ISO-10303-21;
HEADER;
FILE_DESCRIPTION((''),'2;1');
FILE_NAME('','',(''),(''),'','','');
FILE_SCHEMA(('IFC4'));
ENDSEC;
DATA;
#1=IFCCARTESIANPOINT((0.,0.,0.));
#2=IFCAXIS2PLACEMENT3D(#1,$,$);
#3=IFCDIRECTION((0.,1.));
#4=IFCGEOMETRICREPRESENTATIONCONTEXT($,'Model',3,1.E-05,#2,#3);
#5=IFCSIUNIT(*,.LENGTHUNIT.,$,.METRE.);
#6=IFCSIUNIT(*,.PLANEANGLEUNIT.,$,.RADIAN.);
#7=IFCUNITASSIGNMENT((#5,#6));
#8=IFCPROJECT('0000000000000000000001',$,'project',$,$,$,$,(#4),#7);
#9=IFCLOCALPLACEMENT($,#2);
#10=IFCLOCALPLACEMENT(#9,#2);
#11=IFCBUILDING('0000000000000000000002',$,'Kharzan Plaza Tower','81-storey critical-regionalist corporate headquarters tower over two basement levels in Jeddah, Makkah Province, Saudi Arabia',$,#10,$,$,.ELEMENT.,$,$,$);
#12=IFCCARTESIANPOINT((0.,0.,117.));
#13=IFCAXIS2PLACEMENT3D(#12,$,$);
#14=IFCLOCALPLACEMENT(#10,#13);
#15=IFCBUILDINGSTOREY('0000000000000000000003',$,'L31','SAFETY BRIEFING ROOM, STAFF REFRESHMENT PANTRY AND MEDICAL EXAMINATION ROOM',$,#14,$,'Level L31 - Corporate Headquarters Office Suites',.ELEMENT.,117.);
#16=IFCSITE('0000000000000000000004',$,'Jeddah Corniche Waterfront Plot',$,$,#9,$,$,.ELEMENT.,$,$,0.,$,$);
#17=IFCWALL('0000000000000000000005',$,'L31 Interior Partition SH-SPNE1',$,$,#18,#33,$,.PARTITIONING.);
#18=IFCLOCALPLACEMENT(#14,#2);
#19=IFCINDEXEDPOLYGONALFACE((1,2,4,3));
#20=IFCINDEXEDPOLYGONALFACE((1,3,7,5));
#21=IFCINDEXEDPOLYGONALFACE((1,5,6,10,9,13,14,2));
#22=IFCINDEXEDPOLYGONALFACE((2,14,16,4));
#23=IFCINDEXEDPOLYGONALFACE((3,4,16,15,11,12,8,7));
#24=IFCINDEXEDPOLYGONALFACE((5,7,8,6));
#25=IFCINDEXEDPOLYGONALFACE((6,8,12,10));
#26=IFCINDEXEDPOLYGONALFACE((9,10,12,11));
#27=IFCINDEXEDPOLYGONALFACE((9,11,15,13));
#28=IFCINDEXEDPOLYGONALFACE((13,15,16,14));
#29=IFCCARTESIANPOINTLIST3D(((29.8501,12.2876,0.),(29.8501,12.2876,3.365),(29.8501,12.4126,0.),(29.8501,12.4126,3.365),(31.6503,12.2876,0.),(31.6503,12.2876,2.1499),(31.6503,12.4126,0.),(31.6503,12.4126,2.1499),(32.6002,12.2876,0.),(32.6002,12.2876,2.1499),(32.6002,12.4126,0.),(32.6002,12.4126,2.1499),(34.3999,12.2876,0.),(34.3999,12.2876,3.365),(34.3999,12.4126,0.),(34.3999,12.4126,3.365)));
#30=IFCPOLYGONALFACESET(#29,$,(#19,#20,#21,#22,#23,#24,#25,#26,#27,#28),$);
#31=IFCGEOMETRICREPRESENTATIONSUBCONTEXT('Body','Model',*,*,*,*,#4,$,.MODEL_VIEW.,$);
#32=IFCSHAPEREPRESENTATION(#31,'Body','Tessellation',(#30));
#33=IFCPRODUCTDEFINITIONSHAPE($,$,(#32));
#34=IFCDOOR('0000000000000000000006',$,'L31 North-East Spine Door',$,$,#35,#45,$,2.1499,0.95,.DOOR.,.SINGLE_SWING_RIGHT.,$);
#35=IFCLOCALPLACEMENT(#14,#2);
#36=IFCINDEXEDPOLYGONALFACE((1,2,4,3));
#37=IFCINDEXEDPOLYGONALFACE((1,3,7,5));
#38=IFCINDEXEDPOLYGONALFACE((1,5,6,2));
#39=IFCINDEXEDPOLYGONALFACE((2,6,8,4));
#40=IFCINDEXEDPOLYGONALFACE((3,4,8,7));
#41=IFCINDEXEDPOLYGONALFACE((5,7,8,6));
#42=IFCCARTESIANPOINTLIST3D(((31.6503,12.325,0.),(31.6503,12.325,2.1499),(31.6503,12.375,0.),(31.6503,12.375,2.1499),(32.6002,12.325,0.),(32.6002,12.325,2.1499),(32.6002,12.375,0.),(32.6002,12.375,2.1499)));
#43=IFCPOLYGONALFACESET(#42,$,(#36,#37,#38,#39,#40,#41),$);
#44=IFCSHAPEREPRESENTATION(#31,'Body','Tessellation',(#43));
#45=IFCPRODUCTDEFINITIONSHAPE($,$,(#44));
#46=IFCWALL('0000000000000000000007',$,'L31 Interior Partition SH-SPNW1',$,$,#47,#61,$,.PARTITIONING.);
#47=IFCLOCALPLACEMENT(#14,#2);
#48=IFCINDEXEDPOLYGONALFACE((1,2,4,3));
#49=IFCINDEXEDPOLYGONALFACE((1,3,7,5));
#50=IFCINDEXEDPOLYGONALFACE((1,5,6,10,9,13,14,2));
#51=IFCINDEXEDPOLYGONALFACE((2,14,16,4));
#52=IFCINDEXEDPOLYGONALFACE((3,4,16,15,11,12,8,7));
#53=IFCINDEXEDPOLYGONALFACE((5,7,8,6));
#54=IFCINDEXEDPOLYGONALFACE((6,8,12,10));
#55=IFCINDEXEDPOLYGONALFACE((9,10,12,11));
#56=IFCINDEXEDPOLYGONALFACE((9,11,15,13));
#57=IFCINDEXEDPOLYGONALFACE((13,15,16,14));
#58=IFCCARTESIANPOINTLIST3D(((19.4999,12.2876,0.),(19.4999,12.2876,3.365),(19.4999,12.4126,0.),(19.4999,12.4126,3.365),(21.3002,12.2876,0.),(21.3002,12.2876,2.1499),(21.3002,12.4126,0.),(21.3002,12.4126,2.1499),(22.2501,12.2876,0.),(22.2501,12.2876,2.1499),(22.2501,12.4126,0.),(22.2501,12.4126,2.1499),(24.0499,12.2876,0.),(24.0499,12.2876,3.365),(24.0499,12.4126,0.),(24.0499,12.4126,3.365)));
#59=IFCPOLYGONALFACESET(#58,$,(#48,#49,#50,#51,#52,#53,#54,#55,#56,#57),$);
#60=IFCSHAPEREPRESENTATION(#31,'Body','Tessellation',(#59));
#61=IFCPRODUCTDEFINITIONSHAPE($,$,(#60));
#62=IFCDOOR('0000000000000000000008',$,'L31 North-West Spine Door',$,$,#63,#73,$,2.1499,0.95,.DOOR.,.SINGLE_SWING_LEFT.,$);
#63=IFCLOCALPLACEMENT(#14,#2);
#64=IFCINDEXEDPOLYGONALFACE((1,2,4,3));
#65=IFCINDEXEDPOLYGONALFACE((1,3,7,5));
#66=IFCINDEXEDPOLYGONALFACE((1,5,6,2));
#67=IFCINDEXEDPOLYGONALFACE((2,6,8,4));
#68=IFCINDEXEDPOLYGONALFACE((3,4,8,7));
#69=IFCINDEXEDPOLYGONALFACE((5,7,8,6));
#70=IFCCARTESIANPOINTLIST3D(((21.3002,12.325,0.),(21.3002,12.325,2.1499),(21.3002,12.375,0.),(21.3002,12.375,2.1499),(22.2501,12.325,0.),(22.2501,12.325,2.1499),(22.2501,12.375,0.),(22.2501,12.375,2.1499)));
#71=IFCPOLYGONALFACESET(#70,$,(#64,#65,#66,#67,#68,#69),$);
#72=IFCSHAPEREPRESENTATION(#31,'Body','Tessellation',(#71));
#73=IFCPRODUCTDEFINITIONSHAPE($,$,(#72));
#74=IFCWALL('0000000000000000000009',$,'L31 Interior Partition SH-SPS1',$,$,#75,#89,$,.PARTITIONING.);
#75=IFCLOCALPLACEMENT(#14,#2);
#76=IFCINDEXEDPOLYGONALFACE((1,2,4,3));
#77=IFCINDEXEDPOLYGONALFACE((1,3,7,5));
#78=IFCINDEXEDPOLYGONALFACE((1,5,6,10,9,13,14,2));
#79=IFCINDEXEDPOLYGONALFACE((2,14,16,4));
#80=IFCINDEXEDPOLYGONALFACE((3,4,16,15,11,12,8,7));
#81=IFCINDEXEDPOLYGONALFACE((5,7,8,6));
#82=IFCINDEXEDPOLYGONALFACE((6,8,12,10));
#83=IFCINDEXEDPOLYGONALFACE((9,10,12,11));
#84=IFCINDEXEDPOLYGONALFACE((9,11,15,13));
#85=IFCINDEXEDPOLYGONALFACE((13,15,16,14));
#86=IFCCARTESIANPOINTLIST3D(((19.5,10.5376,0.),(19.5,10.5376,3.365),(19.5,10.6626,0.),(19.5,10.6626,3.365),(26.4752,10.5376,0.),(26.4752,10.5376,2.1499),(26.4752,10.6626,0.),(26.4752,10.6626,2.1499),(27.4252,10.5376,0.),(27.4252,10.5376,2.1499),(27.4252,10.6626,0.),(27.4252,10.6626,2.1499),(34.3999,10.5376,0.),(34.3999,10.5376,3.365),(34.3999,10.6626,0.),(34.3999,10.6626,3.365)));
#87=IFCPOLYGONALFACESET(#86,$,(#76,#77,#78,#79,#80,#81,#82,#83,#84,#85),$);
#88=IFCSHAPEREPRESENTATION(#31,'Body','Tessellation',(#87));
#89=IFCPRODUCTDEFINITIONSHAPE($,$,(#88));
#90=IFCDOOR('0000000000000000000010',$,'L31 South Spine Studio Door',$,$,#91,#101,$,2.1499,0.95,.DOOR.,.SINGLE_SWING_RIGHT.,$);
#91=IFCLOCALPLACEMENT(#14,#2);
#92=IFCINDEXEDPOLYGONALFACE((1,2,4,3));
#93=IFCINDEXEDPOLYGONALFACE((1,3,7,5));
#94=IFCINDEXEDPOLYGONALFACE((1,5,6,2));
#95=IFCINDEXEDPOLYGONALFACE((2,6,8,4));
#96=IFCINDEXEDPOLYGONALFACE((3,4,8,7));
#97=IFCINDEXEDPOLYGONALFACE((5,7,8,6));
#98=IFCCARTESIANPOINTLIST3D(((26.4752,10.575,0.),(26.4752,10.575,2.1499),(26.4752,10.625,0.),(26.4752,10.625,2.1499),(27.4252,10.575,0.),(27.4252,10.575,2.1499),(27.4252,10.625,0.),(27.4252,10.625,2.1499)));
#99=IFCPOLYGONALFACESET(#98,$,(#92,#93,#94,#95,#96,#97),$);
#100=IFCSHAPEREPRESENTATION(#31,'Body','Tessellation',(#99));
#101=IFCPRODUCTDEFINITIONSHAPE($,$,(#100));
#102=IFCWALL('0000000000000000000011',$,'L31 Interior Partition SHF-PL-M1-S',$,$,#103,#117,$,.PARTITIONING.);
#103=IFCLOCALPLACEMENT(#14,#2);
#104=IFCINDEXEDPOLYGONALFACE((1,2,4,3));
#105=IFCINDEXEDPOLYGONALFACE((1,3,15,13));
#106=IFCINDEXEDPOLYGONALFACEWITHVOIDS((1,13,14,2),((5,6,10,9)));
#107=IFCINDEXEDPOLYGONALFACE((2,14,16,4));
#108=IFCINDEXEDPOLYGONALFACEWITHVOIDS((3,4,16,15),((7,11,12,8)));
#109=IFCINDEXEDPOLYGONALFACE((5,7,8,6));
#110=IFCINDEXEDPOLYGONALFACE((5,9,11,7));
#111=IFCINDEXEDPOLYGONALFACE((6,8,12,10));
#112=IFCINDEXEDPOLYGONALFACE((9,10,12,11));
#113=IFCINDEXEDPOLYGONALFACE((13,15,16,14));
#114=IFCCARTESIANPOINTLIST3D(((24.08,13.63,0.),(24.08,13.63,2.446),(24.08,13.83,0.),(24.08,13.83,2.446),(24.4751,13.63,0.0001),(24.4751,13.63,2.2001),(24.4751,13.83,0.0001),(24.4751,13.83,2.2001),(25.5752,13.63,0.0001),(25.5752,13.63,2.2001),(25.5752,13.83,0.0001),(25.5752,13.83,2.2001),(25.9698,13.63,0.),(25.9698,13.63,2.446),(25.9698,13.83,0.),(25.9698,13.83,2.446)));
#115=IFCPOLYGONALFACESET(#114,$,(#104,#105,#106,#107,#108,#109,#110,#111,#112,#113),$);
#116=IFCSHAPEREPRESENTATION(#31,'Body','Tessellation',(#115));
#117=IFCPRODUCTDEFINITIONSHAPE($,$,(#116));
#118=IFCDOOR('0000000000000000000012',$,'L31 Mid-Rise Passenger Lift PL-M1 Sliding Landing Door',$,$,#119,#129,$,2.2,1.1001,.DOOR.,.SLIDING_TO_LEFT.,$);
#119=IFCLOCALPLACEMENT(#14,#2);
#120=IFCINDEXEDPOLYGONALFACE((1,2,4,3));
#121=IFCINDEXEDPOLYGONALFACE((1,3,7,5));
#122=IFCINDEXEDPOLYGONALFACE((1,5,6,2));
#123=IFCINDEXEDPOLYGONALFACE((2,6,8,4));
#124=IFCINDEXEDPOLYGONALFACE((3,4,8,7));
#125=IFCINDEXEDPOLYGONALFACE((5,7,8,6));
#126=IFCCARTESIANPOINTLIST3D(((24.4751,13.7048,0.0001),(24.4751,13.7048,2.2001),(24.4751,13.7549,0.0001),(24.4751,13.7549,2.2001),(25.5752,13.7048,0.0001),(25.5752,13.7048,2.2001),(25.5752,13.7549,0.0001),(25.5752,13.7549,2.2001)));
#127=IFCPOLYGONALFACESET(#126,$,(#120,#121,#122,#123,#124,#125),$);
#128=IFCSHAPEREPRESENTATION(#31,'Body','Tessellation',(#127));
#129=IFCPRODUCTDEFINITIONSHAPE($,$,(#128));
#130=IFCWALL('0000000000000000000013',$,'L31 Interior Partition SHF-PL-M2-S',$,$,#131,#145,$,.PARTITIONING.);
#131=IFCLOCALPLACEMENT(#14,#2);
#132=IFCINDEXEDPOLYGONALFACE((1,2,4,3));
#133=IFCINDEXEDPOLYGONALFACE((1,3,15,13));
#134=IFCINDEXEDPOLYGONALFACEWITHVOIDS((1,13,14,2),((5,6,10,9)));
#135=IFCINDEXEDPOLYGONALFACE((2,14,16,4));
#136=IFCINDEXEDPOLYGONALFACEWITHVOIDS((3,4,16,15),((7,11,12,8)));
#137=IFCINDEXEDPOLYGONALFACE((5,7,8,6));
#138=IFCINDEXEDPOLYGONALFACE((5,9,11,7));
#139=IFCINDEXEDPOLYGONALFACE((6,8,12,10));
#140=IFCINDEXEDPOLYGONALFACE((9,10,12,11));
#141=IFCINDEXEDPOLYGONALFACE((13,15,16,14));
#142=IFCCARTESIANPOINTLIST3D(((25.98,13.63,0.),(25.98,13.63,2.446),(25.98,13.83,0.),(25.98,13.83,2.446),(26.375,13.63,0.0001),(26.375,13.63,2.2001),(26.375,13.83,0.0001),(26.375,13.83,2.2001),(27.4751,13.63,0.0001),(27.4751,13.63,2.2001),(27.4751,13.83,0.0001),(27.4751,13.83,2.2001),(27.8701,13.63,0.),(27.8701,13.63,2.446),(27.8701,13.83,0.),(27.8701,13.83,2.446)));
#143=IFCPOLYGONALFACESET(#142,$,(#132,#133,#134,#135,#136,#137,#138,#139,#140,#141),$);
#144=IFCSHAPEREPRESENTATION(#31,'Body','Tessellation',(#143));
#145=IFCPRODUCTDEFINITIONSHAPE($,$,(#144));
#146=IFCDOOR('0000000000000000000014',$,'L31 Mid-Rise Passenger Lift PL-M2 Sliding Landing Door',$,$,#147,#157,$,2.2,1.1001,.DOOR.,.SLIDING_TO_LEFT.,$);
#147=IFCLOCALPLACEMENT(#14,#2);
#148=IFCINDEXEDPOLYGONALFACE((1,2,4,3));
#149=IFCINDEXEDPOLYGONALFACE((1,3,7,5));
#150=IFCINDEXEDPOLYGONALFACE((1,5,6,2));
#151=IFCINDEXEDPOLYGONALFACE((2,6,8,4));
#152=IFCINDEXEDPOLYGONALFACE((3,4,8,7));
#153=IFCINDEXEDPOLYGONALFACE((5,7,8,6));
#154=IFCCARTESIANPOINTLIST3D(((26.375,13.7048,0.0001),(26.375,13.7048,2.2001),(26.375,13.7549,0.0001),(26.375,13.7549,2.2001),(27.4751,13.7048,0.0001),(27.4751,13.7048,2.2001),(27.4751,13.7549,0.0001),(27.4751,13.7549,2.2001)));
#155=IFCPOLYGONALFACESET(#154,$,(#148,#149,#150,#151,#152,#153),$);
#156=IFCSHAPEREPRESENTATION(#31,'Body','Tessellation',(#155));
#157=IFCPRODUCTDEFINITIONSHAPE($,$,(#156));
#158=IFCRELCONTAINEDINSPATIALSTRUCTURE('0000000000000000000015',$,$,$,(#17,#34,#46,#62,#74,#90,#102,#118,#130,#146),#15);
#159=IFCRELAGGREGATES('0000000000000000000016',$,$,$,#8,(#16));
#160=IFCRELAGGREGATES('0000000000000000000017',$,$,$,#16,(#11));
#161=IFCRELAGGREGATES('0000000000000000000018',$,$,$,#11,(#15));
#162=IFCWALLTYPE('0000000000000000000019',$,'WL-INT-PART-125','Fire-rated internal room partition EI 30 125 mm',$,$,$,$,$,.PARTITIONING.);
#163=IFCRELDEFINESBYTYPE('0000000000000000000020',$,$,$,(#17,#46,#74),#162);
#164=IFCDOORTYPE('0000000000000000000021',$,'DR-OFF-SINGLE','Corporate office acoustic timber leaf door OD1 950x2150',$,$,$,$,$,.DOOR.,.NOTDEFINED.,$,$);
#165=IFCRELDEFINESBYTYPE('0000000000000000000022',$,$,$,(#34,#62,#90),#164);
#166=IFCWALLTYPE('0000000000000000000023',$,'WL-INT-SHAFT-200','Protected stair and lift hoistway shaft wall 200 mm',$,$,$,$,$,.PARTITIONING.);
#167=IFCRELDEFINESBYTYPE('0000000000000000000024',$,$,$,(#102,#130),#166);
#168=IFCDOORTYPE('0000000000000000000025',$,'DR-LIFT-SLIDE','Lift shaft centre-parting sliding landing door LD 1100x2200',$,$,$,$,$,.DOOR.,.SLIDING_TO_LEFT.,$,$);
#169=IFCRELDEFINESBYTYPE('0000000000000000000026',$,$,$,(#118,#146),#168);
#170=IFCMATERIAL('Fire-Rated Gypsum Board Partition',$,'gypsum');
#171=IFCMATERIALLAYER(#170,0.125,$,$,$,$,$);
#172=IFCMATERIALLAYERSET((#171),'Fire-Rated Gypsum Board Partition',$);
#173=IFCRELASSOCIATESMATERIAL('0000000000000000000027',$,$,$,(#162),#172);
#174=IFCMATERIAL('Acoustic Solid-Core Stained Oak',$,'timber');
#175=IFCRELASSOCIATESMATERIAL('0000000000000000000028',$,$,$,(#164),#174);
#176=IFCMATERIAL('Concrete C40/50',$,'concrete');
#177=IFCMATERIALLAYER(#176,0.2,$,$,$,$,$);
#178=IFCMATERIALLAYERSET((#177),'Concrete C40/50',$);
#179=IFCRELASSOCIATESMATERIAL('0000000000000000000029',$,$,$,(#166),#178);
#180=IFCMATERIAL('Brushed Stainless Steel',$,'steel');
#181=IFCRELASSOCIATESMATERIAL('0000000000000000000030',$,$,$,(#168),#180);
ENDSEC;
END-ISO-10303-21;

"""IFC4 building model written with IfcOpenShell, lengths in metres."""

from ifc_helpers import new_model, si_unit, direction, frame, frame_2d, origin, place, context, subcontext, project, spatial, rectangle, extrude, source, transform, mapped, material, layer, layer_set, type_object, element, fill, save


model = new_model("IFC4")

# Units and contexts
model_context = context("Model", 3, precision=1e-05, world=origin(), true_north=direction((0.0, 1.0)))
body_context = subcontext(model_context, "Body", "Model", "MODEL_VIEW")
ifc_project = project(units=[si_unit("LENGTHUNIT", "METRE"), si_unit("PLANEANGLEUNIT", "RADIAN")], contexts=[model_context])

# Site, building, storey
site_placement = place(None, origin())
site = spatial("IfcSite", under=ifc_project, at=site_placement, Name="Jeddah Corniche Waterfront Plot", CompositionType="ELEMENT", RefElevation=0.0)
building_placement = place(site_placement, origin())
building = spatial("IfcBuilding", under=site, at=building_placement, Name="Kharzan Plaza Tower", Description="81-storey critical-regionalist corporate headquarters tower over two basement levels in Jeddah, Makkah Province, Saudi Arabia", CompositionType="ELEMENT")
storey_placement = place(building_placement, frame((0.0, 0.0, 117.0)))
storey = spatial("IfcBuildingStorey", under=building, at=storey_placement, Name="L31", Description="SAFETY BRIEFING ROOM, STAFF REFRESHMENT PANTRY AND MEDICAL EXAMINATION ROOM", LongName="Level L31 - Corporate Headquarters Office Suites", CompositionType="ELEMENT", Elevation=117.0)

# Walls, openings, doors
ifc_material_1 = material(Name="Fire-Rated Gypsum Board Partition", Category="gypsum")
ifc_layer_1 = layer(ifc_material_1, 0.125)
ifc_layer_set_1 = layer_set([ifc_layer_1], Name="Fire-Rated Gypsum Board Partition")
wall_type_1 = type_object("IfcWallType", Name="WL-INT-PART-125", Description="Fire-rated internal room partition EI 30 125 mm", PredefinedType="PARTITIONING", material=ifc_layer_set_1)
wall_1_placement = place(storey_placement, frame((29.8501, 12.3501, 0.0), z_axis=(0.0, 0.0, 1.0), x_axis=(1.0, 0.0, 0.0)))
wall_1 = element("IfcWall", 1, at=wall_1_placement, inside=storey, type_object=wall_type_1, Name="L31 Interior Partition SH-SPNE1", PredefinedType="PARTITIONING", context=body_context, shape_type="SweptSolid", body=[
    extrude(rectangle(XDim=4.5498, YDim=0.125, at=frame_2d((2.2749, 0.0))), origin(), (0.0, 0.0, 1.0), 3.365),
])
opening_1_placement = place(wall_1_placement, frame((1.8, 0.0, 0.0)))
opening_1 = element("IfcOpeningElement", 2, at=opening_1_placement, cuts=wall_1, PredefinedType="OPENING", context=body_context, shape_type="SweptSolid", body=[
    extrude(rectangle(XDim=0.95, YDim=2.1499, at=frame_2d((0.4751, 1.075))), frame((0.0, 0.0725, 0.0), z_axis=(0.0, -1.0, 0.0), x_axis=(1.0, 0.0, 0.0)), (0.0, 0.0, 1.0), 0.145),
])
ifc_material_2 = material(Name="Acoustic Solid-Core Stained Oak", Category="timber")
door_type_1 = type_object("IfcDoorType", Name="DR-OFF-SINGLE", Description="Corporate office acoustic timber leaf door OD1 950x2150", OperationType="NOTDEFINED", PredefinedType="DOOR", material=ifc_material_2)
shared_shape_1 = source(origin(), body_context, "Body", "SweptSolid", [
    extrude(rectangle(XDim=0.95, YDim=2.1499, at=frame_2d((0.4751, 1.075))), frame((0.0, 0.0249, 0.0), z_axis=(0.0, -1.0, 0.0), x_axis=(1.0, 0.0, 0.0)), (0.0, 0.0, 1.0), 0.05),
])
door_1_placement = place(opening_1_placement, origin())
door_1 = element("IfcDoor", 3, at=door_1_placement, inside=storey, type_object=door_type_1, Name="L31 North-East Spine Door", OperationType="SINGLE_SWING_RIGHT", OverallHeight=2.1499, OverallWidth=0.95, PredefinedType="DOOR", context=body_context, shape_type="MappedRepresentation", body=[
    mapped(shared_shape_1, transform((0.0, 0.0, 0.0), x_axis=(1.0, 0.0, 0.0), y_axis=(0.0, 1.0, 0.0), z_axis=(0.0, 0.0, 1.0))),
])
fill(opening_1, door_1)
wall_2_placement = place(storey_placement, frame((19.5, 12.3501, 0.0), z_axis=(0.0, 0.0, 1.0), x_axis=(1.0, 0.0, 0.0)))
wall_2 = element("IfcWall", 4, at=wall_2_placement, inside=storey, type_object=wall_type_1, Name="L31 Interior Partition SH-SPNW1", PredefinedType="PARTITIONING", context=body_context, shape_type="SweptSolid", body=[
    extrude(rectangle(XDim=4.55, YDim=0.125, at=frame_2d((2.2749, 0.0))), origin(), (0.0, 0.0, 1.0), 3.365),
])
opening_2_placement = place(wall_2_placement, frame((1.8, 0.0, 0.0)))
opening_2 = element("IfcOpeningElement", 5, at=opening_2_placement, cuts=wall_2, PredefinedType="OPENING", context=body_context, shape_type="SweptSolid", body=[
    extrude(rectangle(XDim=0.95, YDim=2.1499, at=frame_2d((0.4751, 1.075))), frame((0.0, 0.0725, 0.0), z_axis=(0.0, -1.0, 0.0), x_axis=(1.0, 0.0, 0.0)), (0.0, 0.0, 1.0), 0.145),
])
door_2_placement = place(opening_2_placement, origin())
door_2 = element("IfcDoor", 6, at=door_2_placement, inside=storey, type_object=door_type_1, Name="L31 North-West Spine Door", OperationType="SINGLE_SWING_LEFT", OverallHeight=2.1499, OverallWidth=0.95, PredefinedType="DOOR", context=body_context, shape_type="MappedRepresentation", body=[
    mapped(shared_shape_1, transform((0.0, 0.0, 0.0), x_axis=(1.0, 0.0, 0.0), y_axis=(0.0, 1.0, 0.0), z_axis=(0.0, 0.0, 1.0))),
])
fill(opening_2, door_2)
wall_3_placement = place(storey_placement, frame((19.5, 10.6001, 0.0), z_axis=(0.0, 0.0, 1.0), x_axis=(1.0, 0.0, 0.0)))
wall_3 = element("IfcWall", 7, at=wall_3_placement, inside=storey, type_object=wall_type_1, Name="L31 Interior Partition SH-SPS1", PredefinedType="PARTITIONING", context=body_context, shape_type="SweptSolid", body=[
    extrude(rectangle(XDim=14.8999, YDim=0.125, at=frame_2d((7.45, 0.0))), origin(), (0.0, 0.0, 1.0), 3.365),
])
opening_3_placement = place(wall_3_placement, frame((6.9751, 0.0, 0.0)))
opening_3 = element("IfcOpeningElement", 8, at=opening_3_placement, cuts=wall_3, PredefinedType="OPENING", context=body_context, shape_type="SweptSolid", body=[
    extrude(rectangle(XDim=0.95, YDim=2.1499, at=frame_2d((0.4751, 1.075))), frame((0.0, 0.0725, 0.0), z_axis=(0.0, -1.0, 0.0), x_axis=(1.0, 0.0, 0.0)), (0.0, 0.0, 1.0), 0.145),
])
door_3_placement = place(opening_3_placement, origin())
door_3 = element("IfcDoor", 9, at=door_3_placement, inside=storey, type_object=door_type_1, Name="L31 South Spine Studio Door", OperationType="SINGLE_SWING_RIGHT", OverallHeight=2.1499, OverallWidth=0.95, PredefinedType="DOOR", context=body_context, shape_type="MappedRepresentation", body=[
    mapped(shared_shape_1, transform((0.0, 0.0, 0.0), x_axis=(1.0, 0.0, 0.0), y_axis=(0.0, 1.0, 0.0), z_axis=(0.0, 0.0, 1.0))),
])
fill(opening_3, door_3)
ifc_material_3 = material(Name="Concrete C40/50", Category="concrete")
ifc_layer_2 = layer(ifc_material_3, 0.2)
ifc_layer_set_2 = layer_set([ifc_layer_2], Name="Concrete C40/50")
wall_type_2 = type_object("IfcWallType", Name="WL-INT-SHAFT-200", Description="Protected stair and lift hoistway shaft wall 200 mm", PredefinedType="PARTITIONING", material=ifc_layer_set_2)
wall_4_placement = place(storey_placement, frame((24.0801, 13.73, 0.0), z_axis=(0.0, 0.0, 1.0), x_axis=(1.0, 0.0, 0.0)))
wall_4 = element("IfcWall", 10, at=wall_4_placement, inside=storey, type_object=wall_type_2, Name="L31 Interior Partition SHF-PL-M1-S", PredefinedType="PARTITIONING", context=body_context, shape_type="SweptSolid", body=[
    extrude(rectangle(XDim=1.8899, YDim=0.2, at=frame_2d((0.9448, 0.0))), origin(), (0.0, 0.0, 1.0), 2.446),
])
opening_4_placement = place(wall_4_placement, frame((0.395, 0.0, 0.0)))
opening_4 = element("IfcOpeningElement", 11, at=opening_4_placement, cuts=wall_4, PredefinedType="OPENING", context=body_context, shape_type="SweptSolid", body=[
    extrude(rectangle(XDim=1.1001, YDim=2.2, at=frame_2d((0.55, 1.1001))), frame((0.0, 0.1099, 0.0), z_axis=(0.0, -1.0, 0.0), x_axis=(1.0, 0.0, 0.0)), (0.0, 0.0, 1.0), 0.22),
])
ifc_material_4 = material(Name="Brushed Stainless Steel", Category="steel")
door_type_2 = type_object("IfcDoorType", Name="DR-LIFT-SLIDE", Description="Lift shaft centre-parting sliding landing door LD 1100x2200", OperationType="SLIDING_TO_LEFT", PredefinedType="DOOR", material=ifc_material_4)
shared_shape_2 = source(origin(), body_context, "Body", "SweptSolid", [
    extrude(rectangle(XDim=1.1001, YDim=2.2, at=frame_2d((0.55, 1.1001))), frame((0.0, 0.0249, 0.0), z_axis=(0.0, -1.0, 0.0), x_axis=(1.0, 0.0, 0.0)), (0.0, 0.0, 1.0), 0.05),
])
door_4_placement = place(opening_4_placement, origin())
door_4 = element("IfcDoor", 12, at=door_4_placement, inside=storey, type_object=door_type_2, Name="L31 Mid-Rise Passenger Lift PL-M1 Sliding Landing Door", OperationType="SLIDING_TO_LEFT", OverallHeight=2.2, OverallWidth=1.1001, PredefinedType="DOOR", context=body_context, shape_type="MappedRepresentation", body=[
    mapped(shared_shape_2, transform((0.0, 0.0, 0.0), x_axis=(1.0, 0.0, 0.0), y_axis=(0.0, 1.0, 0.0), z_axis=(0.0, 0.0, 1.0))),
])
fill(opening_4, door_4)
wall_5_placement = place(storey_placement, frame((25.98, 13.73, 0.0), z_axis=(0.0, 0.0, 1.0), x_axis=(1.0, 0.0, 0.0)))
wall_5 = element("IfcWall", 13, at=wall_5_placement, inside=storey, type_object=wall_type_2, Name="L31 Interior Partition SHF-PL-M2-S", PredefinedType="PARTITIONING", context=body_context, shape_type="SweptSolid", body=[
    extrude(rectangle(XDim=1.8901, YDim=0.2, at=frame_2d((0.9451, 0.0))), origin(), (0.0, 0.0, 1.0), 2.446),
])
opening_5_placement = place(wall_5_placement, frame((0.395, 0.0, 0.0)))
opening_5 = element("IfcOpeningElement", 14, at=opening_5_placement, cuts=wall_5, PredefinedType="OPENING", context=body_context, shape_type="SweptSolid", body=[
    extrude(rectangle(XDim=1.1001, YDim=2.2, at=frame_2d((0.55, 1.1001))), frame((0.0, 0.1099, 0.0), z_axis=(0.0, -1.0, 0.0), x_axis=(1.0, 0.0, 0.0)), (0.0, 0.0, 1.0), 0.22),
])
door_5_placement = place(opening_5_placement, origin())
door_5 = element("IfcDoor", 15, at=door_5_placement, inside=storey, type_object=door_type_2, Name="L31 Mid-Rise Passenger Lift PL-M2 Sliding Landing Door", OperationType="SLIDING_TO_LEFT", OverallHeight=2.2, OverallWidth=1.1001, PredefinedType="DOOR", context=body_context, shape_type="MappedRepresentation", body=[
    mapped(shared_shape_2, transform((0.0, 0.0, 0.0), x_axis=(1.0, 0.0, 0.0), y_axis=(0.0, 1.0, 0.0), z_axis=(0.0, 0.0, 1.0))),
])
fill(opening_5, door_5)

save(model, "model.ifc")
